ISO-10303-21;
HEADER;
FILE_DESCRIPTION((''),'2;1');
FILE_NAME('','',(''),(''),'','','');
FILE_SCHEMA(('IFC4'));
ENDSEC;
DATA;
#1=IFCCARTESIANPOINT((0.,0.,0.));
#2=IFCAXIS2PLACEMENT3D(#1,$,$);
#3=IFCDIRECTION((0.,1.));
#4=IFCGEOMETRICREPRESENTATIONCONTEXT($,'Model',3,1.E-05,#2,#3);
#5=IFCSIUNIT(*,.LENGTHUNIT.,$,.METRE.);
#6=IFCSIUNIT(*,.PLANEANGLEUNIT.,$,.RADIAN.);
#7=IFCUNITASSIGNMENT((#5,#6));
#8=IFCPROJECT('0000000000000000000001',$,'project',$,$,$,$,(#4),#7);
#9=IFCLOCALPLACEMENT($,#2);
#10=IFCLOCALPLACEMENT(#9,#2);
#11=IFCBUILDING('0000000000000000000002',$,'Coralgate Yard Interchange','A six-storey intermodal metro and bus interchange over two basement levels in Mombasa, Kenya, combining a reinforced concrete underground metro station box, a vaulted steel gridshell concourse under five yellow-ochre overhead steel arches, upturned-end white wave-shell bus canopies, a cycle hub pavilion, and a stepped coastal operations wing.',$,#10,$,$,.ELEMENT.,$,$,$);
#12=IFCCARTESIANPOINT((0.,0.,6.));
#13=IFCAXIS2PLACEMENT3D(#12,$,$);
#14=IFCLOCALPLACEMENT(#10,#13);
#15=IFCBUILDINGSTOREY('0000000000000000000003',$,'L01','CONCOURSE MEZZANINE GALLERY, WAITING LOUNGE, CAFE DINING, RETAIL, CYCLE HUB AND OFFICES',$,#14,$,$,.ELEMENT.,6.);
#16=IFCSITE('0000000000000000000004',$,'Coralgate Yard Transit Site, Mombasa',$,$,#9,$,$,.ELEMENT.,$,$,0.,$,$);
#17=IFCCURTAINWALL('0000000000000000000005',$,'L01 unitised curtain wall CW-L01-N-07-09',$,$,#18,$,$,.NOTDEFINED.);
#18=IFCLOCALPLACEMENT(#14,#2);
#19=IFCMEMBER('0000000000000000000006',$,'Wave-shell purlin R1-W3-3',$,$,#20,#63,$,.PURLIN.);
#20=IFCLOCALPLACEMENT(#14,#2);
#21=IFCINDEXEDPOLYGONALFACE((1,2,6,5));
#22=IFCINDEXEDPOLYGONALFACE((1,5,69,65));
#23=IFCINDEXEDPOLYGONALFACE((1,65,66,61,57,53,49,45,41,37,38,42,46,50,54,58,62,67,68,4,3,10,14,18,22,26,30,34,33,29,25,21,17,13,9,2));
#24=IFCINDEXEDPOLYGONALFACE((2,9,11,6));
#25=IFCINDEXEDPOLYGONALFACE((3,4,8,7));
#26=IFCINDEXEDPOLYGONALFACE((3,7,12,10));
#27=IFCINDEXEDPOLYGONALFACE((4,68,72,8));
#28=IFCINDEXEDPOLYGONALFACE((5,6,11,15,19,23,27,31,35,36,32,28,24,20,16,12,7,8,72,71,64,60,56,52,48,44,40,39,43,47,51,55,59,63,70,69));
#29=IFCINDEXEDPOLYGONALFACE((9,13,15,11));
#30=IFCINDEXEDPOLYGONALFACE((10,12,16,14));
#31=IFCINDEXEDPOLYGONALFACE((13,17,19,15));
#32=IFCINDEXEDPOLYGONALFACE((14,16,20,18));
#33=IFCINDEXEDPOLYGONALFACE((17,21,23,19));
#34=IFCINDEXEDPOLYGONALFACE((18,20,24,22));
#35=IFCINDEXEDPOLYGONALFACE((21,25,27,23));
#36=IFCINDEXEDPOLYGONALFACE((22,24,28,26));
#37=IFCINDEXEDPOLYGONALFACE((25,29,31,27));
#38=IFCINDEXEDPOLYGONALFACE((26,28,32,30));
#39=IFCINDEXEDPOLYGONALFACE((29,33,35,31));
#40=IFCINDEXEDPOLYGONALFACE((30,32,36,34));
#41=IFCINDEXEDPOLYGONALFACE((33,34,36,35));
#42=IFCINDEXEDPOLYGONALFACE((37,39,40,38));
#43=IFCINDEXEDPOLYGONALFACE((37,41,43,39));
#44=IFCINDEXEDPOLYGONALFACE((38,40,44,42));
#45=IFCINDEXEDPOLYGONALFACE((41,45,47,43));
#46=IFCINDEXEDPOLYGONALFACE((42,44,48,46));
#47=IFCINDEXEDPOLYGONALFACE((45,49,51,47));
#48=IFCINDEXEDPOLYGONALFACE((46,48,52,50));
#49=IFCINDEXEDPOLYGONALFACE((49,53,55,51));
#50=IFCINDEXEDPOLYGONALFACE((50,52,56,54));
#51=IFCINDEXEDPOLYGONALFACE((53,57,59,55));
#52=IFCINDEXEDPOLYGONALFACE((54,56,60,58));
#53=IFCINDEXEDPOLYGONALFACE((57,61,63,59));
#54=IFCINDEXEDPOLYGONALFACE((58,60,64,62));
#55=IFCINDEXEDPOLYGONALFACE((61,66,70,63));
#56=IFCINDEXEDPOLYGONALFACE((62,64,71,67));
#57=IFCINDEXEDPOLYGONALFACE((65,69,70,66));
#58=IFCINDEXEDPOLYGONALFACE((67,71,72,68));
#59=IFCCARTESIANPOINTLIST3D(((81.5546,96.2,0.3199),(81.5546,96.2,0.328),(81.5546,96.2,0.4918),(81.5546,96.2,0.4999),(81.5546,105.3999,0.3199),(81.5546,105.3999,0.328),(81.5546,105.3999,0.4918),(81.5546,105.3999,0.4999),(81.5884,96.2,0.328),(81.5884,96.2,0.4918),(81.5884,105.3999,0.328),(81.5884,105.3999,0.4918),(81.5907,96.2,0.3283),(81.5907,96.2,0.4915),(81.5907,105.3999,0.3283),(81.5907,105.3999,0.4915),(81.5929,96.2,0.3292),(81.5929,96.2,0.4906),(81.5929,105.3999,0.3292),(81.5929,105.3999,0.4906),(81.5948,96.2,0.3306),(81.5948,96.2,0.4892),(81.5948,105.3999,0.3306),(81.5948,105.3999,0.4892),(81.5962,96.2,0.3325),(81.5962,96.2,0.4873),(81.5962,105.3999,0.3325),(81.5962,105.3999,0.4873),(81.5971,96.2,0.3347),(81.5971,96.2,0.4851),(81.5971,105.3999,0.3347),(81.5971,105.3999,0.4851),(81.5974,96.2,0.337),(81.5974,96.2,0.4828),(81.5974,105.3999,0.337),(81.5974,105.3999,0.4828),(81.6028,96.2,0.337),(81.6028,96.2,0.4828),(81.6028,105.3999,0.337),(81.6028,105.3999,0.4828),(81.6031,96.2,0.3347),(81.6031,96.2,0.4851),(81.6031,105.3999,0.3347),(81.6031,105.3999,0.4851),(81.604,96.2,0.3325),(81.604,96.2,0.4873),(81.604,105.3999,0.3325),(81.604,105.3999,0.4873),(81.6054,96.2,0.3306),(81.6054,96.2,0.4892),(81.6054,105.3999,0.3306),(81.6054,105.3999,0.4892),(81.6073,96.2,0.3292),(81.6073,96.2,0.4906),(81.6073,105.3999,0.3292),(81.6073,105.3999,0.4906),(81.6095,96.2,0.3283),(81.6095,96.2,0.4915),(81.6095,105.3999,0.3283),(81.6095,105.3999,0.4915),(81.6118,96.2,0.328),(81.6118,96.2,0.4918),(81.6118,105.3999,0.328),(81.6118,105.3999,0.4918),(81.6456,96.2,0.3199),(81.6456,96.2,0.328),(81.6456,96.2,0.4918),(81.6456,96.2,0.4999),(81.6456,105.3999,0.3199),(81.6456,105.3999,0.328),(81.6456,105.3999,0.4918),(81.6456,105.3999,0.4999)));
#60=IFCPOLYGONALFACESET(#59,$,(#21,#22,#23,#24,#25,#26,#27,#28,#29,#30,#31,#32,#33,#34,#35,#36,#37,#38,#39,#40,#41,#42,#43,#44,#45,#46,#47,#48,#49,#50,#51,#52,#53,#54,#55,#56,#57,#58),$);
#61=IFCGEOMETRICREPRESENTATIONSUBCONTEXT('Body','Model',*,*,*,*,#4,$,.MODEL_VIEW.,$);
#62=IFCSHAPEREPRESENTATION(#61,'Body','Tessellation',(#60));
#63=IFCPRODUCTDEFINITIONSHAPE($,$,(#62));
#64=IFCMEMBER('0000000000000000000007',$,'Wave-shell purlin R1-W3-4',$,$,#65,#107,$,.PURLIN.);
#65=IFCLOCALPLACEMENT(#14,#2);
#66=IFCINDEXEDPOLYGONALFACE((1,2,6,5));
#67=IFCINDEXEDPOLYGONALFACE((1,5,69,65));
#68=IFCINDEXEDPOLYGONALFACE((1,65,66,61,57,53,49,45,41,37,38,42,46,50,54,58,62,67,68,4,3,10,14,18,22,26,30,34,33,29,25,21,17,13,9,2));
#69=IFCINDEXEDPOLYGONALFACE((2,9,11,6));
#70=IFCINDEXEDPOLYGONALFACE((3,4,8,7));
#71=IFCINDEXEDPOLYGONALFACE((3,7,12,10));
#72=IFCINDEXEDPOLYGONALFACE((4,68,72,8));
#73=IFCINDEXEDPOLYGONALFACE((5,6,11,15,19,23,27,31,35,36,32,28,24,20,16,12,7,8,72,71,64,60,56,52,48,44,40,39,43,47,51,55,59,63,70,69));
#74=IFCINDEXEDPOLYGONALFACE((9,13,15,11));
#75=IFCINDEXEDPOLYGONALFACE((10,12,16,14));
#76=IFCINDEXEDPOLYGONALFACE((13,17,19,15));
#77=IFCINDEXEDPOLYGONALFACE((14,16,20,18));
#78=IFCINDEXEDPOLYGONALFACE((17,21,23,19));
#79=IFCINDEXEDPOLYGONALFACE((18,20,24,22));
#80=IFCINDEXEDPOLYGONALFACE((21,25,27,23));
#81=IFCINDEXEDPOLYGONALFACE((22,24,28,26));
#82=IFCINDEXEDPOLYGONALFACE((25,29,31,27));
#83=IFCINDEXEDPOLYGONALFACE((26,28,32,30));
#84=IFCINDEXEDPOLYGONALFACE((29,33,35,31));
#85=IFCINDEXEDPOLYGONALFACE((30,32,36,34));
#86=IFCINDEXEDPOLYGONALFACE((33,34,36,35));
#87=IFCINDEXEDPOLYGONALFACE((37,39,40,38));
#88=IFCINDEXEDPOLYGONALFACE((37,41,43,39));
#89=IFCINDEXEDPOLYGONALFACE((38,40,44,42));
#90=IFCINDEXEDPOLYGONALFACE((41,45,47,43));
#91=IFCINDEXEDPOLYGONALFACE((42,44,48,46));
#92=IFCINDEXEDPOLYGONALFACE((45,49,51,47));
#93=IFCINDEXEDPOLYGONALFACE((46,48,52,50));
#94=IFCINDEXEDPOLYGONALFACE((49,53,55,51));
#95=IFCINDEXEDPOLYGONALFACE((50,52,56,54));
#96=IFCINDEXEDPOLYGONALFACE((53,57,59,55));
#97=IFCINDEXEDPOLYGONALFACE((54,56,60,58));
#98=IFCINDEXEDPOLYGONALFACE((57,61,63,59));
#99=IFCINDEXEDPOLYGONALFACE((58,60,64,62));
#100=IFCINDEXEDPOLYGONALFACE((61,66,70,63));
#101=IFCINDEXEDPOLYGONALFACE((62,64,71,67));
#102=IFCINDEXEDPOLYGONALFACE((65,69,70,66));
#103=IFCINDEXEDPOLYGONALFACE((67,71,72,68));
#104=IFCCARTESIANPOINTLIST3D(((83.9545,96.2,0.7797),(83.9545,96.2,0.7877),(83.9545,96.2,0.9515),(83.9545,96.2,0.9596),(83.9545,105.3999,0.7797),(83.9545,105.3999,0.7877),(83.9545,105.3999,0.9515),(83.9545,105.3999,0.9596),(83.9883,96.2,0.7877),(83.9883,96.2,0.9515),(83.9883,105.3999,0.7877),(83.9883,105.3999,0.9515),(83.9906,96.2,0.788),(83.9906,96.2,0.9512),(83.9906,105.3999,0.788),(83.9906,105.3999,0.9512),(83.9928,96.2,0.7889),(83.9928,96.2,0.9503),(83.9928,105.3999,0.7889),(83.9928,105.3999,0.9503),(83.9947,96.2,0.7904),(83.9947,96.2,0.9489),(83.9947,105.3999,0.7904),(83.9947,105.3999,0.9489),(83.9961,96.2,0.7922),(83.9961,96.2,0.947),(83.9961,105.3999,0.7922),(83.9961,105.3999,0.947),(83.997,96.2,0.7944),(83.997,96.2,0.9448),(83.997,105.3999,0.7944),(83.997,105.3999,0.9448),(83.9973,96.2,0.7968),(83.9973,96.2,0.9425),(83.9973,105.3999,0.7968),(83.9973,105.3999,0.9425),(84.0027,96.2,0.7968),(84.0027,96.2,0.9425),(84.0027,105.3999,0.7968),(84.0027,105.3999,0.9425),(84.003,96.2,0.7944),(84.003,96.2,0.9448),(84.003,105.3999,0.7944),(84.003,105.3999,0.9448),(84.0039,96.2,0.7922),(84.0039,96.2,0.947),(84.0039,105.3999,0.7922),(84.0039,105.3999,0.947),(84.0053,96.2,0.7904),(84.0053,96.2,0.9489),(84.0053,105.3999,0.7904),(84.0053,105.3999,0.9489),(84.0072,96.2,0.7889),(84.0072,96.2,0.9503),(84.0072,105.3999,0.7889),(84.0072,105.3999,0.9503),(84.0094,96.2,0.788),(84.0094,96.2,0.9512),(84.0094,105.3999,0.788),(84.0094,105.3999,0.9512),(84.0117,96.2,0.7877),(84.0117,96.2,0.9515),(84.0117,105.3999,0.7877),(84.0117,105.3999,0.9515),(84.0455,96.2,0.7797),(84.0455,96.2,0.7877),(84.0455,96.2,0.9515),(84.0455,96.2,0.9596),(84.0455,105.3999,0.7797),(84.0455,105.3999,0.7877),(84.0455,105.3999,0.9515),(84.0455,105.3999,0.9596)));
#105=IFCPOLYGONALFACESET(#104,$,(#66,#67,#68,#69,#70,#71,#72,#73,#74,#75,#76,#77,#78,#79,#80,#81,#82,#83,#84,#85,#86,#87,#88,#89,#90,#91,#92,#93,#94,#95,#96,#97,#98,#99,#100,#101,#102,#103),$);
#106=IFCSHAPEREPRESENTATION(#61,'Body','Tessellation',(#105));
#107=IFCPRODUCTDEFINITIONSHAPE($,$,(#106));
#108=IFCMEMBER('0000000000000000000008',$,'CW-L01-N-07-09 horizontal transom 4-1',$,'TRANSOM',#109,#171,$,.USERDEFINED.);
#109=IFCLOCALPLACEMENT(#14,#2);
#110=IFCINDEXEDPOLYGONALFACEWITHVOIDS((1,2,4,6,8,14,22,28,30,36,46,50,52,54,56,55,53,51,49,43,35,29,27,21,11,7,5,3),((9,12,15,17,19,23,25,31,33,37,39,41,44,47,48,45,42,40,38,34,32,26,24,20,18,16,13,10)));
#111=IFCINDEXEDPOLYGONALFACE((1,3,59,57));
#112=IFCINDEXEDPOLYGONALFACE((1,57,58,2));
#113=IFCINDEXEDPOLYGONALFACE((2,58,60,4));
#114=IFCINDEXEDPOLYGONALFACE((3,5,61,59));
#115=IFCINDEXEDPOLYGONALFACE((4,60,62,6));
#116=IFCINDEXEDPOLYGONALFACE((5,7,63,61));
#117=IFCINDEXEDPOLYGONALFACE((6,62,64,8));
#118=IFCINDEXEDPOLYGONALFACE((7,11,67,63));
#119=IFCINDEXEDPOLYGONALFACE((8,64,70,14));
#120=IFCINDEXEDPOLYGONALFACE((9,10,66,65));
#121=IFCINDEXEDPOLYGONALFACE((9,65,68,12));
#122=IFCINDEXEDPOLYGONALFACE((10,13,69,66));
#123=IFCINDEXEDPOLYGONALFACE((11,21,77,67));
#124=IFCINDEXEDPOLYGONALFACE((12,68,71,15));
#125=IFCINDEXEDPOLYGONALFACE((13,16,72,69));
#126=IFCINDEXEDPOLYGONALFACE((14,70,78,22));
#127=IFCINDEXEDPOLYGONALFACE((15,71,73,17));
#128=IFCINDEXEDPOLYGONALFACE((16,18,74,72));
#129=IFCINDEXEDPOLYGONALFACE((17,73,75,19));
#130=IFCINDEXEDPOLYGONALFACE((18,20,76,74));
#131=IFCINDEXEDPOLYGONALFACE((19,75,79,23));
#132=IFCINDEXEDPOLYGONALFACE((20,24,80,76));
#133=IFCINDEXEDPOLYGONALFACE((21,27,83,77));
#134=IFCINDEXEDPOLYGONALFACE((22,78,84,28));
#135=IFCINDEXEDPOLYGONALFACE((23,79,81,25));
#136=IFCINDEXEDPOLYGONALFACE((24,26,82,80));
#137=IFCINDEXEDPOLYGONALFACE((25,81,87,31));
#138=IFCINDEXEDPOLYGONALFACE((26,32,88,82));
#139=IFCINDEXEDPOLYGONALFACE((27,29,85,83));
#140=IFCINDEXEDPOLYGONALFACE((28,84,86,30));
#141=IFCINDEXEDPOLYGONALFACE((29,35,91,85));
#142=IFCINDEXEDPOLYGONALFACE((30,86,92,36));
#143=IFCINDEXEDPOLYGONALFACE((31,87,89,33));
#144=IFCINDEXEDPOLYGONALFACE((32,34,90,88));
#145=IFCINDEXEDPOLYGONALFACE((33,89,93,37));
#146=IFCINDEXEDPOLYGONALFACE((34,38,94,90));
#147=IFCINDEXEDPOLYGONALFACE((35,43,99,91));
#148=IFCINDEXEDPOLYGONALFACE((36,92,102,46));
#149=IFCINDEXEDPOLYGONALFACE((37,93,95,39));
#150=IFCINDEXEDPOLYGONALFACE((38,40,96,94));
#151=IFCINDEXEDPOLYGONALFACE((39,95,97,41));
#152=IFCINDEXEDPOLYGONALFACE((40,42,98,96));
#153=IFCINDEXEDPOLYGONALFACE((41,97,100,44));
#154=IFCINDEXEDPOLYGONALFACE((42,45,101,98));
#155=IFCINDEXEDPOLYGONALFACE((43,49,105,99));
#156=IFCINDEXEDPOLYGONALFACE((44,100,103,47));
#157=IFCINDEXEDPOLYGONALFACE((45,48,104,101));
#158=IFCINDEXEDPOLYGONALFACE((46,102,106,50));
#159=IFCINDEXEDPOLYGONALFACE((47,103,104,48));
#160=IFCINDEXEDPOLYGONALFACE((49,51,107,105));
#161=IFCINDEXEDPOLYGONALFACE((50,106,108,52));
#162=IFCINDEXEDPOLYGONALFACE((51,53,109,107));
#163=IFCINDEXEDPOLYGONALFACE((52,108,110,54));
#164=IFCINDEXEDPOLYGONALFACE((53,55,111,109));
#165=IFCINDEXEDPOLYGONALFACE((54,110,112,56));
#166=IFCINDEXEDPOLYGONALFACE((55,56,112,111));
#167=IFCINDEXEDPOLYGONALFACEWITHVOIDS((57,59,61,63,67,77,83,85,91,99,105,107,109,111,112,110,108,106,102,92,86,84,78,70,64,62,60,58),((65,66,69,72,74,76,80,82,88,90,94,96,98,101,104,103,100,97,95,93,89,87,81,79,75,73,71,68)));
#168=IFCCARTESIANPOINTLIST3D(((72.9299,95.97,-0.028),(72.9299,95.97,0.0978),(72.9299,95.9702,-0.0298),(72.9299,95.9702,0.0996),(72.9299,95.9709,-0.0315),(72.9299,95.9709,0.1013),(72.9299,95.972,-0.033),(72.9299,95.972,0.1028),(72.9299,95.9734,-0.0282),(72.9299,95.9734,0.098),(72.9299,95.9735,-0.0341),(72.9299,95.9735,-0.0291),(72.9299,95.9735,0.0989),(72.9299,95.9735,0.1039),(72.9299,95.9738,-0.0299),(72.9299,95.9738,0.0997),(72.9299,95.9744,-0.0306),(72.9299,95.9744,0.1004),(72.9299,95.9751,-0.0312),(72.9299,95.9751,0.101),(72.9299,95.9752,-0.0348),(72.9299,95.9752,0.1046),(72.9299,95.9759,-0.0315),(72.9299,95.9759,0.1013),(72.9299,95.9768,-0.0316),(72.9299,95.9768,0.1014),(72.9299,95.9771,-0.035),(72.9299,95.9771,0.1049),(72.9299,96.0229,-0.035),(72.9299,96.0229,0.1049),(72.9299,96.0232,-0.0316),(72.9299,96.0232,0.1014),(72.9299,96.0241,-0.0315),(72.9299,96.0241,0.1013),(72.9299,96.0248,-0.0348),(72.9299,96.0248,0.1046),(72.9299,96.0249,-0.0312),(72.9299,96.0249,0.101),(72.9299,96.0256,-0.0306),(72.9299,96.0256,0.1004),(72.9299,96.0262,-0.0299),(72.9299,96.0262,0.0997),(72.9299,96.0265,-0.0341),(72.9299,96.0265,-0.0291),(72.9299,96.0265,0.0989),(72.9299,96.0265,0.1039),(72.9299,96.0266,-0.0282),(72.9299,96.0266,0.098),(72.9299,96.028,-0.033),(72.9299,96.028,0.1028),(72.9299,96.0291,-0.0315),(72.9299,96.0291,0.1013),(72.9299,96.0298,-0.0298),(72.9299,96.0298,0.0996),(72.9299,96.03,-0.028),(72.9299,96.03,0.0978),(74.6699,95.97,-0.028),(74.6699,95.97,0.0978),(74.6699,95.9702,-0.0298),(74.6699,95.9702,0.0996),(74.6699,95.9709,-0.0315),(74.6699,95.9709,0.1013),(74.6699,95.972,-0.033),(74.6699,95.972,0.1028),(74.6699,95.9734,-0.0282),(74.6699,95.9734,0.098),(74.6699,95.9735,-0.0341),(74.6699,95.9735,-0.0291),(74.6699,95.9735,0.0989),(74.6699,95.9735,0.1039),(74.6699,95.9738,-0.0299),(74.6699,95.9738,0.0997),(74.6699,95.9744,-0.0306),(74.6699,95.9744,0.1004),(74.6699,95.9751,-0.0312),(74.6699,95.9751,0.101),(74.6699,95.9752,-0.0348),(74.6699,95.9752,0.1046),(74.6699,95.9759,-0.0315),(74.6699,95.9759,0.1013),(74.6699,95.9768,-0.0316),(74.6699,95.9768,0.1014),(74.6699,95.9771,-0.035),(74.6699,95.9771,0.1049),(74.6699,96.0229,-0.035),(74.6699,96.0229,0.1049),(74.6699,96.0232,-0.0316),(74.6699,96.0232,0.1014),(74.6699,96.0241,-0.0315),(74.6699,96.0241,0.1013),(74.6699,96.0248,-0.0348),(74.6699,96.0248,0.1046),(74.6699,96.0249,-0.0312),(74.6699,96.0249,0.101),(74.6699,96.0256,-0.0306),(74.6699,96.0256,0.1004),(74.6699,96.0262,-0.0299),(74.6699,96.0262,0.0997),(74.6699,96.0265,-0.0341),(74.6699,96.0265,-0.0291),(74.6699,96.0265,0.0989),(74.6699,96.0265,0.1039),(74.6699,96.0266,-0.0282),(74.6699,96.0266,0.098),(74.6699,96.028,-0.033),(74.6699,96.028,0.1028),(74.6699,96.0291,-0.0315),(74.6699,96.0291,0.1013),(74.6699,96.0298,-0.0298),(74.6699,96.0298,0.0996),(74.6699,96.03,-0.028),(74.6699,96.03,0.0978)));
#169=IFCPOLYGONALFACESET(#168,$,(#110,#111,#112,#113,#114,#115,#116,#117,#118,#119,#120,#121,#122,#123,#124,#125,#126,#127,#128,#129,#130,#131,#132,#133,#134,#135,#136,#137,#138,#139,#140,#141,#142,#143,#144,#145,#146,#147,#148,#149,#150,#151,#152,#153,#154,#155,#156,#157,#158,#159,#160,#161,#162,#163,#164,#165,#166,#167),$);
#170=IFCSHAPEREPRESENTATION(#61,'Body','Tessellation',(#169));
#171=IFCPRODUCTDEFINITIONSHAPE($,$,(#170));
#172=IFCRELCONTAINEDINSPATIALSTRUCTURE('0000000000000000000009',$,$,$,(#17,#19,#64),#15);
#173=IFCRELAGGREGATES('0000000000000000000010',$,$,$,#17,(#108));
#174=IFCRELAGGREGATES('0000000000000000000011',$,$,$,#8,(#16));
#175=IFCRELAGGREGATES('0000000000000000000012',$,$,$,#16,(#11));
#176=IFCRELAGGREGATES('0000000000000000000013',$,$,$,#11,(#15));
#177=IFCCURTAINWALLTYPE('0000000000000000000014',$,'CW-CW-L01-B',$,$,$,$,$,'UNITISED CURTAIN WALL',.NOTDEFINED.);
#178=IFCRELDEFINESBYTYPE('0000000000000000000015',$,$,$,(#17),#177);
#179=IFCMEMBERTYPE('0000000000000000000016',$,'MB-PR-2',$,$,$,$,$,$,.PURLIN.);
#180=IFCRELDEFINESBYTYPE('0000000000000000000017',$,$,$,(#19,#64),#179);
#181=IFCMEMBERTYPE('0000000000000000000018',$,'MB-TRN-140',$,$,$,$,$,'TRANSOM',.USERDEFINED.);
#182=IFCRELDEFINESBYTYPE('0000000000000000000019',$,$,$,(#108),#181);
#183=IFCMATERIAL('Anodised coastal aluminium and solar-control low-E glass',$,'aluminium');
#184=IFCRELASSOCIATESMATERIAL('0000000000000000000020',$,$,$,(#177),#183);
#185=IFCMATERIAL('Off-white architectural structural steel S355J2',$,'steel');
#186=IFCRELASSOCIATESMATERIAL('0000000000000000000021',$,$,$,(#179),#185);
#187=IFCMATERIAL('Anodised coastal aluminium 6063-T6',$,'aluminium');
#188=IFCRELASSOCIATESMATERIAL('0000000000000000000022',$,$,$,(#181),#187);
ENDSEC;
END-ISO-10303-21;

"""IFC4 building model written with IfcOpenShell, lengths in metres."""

from ifc_helpers import new_model, si_unit, direction, frame, origin, origin_2d, place, context, subcontext, project, spatial, hollow_rectangle, i_section, extrude, material, material_profile, profile_set, type_object, element, aggregate, save


model = new_model("IFC4")

# Units and contexts
model_context = context("Model", 3, precision=1e-05, world=origin(), true_north=direction((0.0, 1.0)))
body_context = subcontext(model_context, "Body", "Model", "MODEL_VIEW")
ifc_project = project(units=[si_unit("LENGTHUNIT", "METRE"), si_unit("PLANEANGLEUNIT", "RADIAN")], contexts=[model_context])

# Site, building, storey
site_placement = place(None, origin())
site = spatial("IfcSite", under=ifc_project, at=site_placement, Name="Coralgate Yard Transit Site, Mombasa", CompositionType="ELEMENT", RefElevation=0.0)
building_placement = place(site_placement, origin())
building = spatial("IfcBuilding", under=site, at=building_placement, Name="Coralgate Yard Interchange", Description="A six-storey intermodal metro and bus interchange over two basement levels in Mombasa, Kenya, combining a reinforced concrete underground metro station box, a vaulted steel gridshell concourse under five yellow-ochre overhead steel arches, upturned-end white wave-shell bus canopies, a cycle hub pavilion, and a stepped coastal operations wing.", CompositionType="ELEMENT")
storey_placement = place(building_placement, frame((0.0, 0.0, 6.0)))
storey = spatial("IfcBuildingStorey", under=building, at=storey_placement, Name="L01", Description="CONCOURSE MEZZANINE GALLERY, WAITING LOUNGE, CAFE DINING, RETAIL, CYCLE HUB AND OFFICES", CompositionType="ELEMENT", Elevation=6.0)

# Shared definitions
ifc_material_1 = material(Name="Off-white architectural structural steel S355J2", Category="steel")

# Curtain wall
ifc_material_2 = material(Name="Anodised coastal aluminium and solar-control low-E glass", Category="aluminium")
curtain_wall_type = type_object("IfcCurtainWallType", Name="CW-CW-L01-B", ElementType="UNITISED CURTAIN WALL", PredefinedType="NOTDEFINED", material=ifc_material_2)
curtain_wall_placement = place(storey_placement, origin())
curtain_wall = element("IfcCurtainWall", 1, at=curtain_wall_placement, inside=storey, type_object=curtain_wall_type, Name="L01 unitised curtain wall CW-L01-N-07-09", PredefinedType="NOTDEFINED")
ifc_material_3 = material(Name="Anodised coastal aluminium 6063-T6", Category="aluminium")

# Members
ifc_material_profile_1 = material_profile(ifc_material_1, i_section(OverallWidth=0.0911, OverallDepth=0.1799, WebThickness=0.0054, FlangeThickness=0.0081, FilletRadius=0.009, at=origin_2d()), Name="IPE 180")
ifc_profile_set_1 = profile_set([ifc_material_profile_1], Name="Off-white architectural structural steel S355J2")
member_type_1 = type_object("IfcMemberType", Name="MB-PR-2", PredefinedType="PURLIN", material=ifc_profile_set_1)
for number, where, z_axis, x_axis, name in (
    (2, (81.6001, 96.2, 0.4099), (0.0, 1.0, 0.0), (-1.0, 0.0, 0.0), "Wave-shell purlin R1-W3-3"),
    (3, (84.0, 96.2, 0.8696), (0.0, 1.0, 0.0), (-1.0, 0.0, 0.0), "Wave-shell purlin R1-W3-4"),
):
    element("IfcMember", number, at=place(storey_placement, frame(where, z_axis=z_axis, x_axis=x_axis)), inside=storey, type_object=member_type_1, Name=name, PredefinedType="PURLIN", context=body_context, shape_type="SweptSolid", body=[
        extrude(i_section(OverallWidth=0.0911, OverallDepth=0.1799, WebThickness=0.0054, FlangeThickness=0.0081, FilletRadius=0.009, at=origin_2d()), origin(), (0.0, 0.0, 1.0), 9.2),
    ])

# Member
ifc_material_profile_2 = material_profile(ifc_material_3, hollow_rectangle(XDim=0.0601, YDim=0.1399, WallThickness=0.0034, InnerFilletRadius=0.0034, OuterFilletRadius=0.0071, at=origin_2d()), Name="ALU 60x140x3.5")
ifc_profile_set_2 = profile_set([ifc_material_profile_2], Name="Anodised coastal aluminium 6063-T6")
member_type_2 = type_object("IfcMemberType", Name="MB-TRN-140", ElementType="TRANSOM", PredefinedType="USERDEFINED", material=ifc_profile_set_2)
member_1_placement = place(storey_placement, frame((72.9299, 96.0, 0.0349), z_axis=(1.0, 0.0, 0.0), x_axis=(0.0, 1.0, 0.0)))
member_1 = element("IfcMember", 4, at=member_1_placement, type_object=member_type_2, Name="CW-L01-N-07-09 horizontal transom 4-1", ObjectType="TRANSOM", PredefinedType="USERDEFINED", context=body_context, shape_type="SweptSolid", body=[
    extrude(hollow_rectangle(XDim=0.0601, YDim=0.1399, WallThickness=0.0034, InnerFilletRadius=0.0034, OuterFilletRadius=0.0071, at=origin_2d()), origin(), (0.0, 0.0, 1.0), 1.74),
])

aggregate(curtain_wall, [member_1])

save(model, "model.ifc")
